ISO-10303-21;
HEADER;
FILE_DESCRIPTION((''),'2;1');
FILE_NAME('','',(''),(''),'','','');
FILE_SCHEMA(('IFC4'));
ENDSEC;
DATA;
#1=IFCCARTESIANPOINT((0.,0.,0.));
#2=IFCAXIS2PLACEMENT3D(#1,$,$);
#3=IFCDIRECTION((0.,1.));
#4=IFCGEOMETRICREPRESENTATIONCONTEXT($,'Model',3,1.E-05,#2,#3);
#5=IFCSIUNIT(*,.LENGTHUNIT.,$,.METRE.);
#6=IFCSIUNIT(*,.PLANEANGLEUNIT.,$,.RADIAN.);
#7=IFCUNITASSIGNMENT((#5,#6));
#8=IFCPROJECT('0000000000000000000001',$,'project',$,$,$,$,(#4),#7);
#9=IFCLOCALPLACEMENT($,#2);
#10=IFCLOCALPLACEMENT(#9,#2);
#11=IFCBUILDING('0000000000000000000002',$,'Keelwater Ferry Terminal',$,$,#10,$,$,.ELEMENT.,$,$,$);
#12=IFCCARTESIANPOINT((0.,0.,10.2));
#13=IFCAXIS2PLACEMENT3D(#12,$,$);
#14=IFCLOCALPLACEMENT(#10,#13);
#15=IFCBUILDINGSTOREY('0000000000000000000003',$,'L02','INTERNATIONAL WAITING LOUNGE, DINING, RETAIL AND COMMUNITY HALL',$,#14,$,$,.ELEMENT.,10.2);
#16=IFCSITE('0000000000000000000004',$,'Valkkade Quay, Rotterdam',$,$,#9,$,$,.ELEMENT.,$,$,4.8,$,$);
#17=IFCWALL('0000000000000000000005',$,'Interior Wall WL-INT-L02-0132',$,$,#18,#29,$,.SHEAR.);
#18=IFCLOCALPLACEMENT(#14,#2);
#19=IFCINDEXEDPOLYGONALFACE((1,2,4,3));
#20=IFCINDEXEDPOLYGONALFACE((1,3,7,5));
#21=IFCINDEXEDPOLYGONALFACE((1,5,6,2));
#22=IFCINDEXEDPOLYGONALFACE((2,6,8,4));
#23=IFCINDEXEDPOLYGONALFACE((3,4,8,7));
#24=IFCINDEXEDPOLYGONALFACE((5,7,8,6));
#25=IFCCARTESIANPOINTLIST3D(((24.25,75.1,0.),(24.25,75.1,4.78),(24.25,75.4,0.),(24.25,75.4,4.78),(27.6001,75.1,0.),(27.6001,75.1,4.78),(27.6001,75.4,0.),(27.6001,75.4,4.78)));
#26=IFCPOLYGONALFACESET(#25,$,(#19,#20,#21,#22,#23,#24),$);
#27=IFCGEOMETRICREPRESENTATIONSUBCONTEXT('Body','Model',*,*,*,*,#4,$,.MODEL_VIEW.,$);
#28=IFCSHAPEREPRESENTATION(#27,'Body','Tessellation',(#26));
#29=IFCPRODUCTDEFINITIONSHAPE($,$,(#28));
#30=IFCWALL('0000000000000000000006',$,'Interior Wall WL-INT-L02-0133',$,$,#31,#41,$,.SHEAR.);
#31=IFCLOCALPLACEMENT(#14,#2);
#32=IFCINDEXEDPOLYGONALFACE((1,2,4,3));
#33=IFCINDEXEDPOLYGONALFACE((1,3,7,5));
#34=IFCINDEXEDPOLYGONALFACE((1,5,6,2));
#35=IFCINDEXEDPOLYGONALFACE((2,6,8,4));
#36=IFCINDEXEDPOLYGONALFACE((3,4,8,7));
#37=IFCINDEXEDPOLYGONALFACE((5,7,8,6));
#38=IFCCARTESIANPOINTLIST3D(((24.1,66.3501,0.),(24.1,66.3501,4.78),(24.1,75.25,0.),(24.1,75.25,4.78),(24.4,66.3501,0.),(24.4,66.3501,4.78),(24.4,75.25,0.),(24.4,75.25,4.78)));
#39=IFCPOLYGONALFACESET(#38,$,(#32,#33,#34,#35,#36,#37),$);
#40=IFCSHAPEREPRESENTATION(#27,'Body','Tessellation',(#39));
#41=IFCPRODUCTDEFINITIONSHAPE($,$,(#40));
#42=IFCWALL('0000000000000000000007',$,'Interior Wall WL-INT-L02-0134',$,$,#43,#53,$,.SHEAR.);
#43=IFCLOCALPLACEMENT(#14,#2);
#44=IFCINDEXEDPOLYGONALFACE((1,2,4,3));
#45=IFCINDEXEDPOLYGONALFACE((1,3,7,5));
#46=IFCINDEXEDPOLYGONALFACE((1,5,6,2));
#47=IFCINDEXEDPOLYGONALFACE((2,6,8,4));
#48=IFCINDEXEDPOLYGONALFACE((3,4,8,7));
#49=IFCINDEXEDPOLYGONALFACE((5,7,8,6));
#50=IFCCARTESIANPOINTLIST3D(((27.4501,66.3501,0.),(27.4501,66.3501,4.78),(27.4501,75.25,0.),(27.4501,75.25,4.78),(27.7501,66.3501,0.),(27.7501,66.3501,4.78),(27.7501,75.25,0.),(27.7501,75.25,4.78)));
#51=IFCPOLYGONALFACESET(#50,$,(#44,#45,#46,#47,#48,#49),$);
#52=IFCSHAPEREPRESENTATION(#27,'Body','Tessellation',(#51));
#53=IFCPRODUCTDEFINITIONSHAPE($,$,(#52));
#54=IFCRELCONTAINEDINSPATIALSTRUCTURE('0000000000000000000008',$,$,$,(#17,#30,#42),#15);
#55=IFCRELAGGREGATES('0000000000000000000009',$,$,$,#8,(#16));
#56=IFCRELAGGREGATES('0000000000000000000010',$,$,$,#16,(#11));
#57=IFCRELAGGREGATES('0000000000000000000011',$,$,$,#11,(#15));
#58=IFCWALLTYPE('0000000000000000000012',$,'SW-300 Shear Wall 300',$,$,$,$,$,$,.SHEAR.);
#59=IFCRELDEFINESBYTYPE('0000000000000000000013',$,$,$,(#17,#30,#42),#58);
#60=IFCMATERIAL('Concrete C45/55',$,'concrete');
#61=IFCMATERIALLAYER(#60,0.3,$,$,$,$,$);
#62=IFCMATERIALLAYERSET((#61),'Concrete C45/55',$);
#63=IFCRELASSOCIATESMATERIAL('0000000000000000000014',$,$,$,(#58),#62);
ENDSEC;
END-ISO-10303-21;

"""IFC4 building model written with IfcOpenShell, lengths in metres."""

from ifc_helpers import new_model, si_unit, direction, frame, frame_2d, origin, place, context, subcontext, project, spatial, rectangle, extrude, material, layer, layer_set, type_object, element, save


model = new_model("IFC4")

# Units and contexts
model_context = context("Model", 3, precision=1e-05, world=origin(), true_north=direction((0.0, 1.0)))
body_context = subcontext(model_context, "Body", "Model", "MODEL_VIEW")
ifc_project = project(units=[si_unit("LENGTHUNIT", "METRE"), si_unit("PLANEANGLEUNIT", "RADIAN")], contexts=[model_context])

# Site, building, storey
site_placement = place(None, origin())
site = spatial("IfcSite", under=ifc_project, at=site_placement, Name="Valkkade Quay, Rotterdam", CompositionType="ELEMENT", RefElevation=4.8)
building_placement = place(site_placement, origin())
building = spatial("IfcBuilding", under=site, at=building_placement, Name="Keelwater Ferry Terminal", CompositionType="ELEMENT")
storey_placement = place(building_placement, frame((0.0, 0.0, 10.2)))
storey = spatial("IfcBuildingStorey", under=building, at=storey_placement, Name="L02", Description="INTERNATIONAL WAITING LOUNGE, DINING, RETAIL AND COMMUNITY HALL", CompositionType="ELEMENT", Elevation=10.2)

# Shared definitions
ifc_material_1 = material(Name="Concrete C45/55", Category="concrete")
ifc_layer_1 = layer(ifc_material_1, 0.3)
ifc_layer_set_1 = layer_set([ifc_layer_1], Name="Concrete C45/55")
wall_type_1 = type_object("IfcWallType", Name="SW-300 Shear Wall 300", PredefinedType="SHEAR", material=ifc_layer_set_1)

# Walls
wall_1_placement = place(storey_placement, frame((24.25, 75.25, 0.0), z_axis=(0.0, 0.0, 1.0), x_axis=(1.0, 0.0, 0.0)))
element("IfcWall", 1, at=wall_1_placement, inside=storey, type_object=wall_type_1, Name="Interior Wall WL-INT-L02-0132", PredefinedType="SHEAR", context=body_context, shape_type="SweptSolid", body=[
    extrude(rectangle(XDim=3.3501, YDim=0.3, at=frame_2d((1.675, 0.0))), origin(), (0.0, 0.0, 1.0), 4.78),
])
for number, where, z_axis, x_axis, name in (
    (2, (24.25, 66.3501, 0.0), (0.0, 0.0, 1.0), (0.0, 1.0, 0.0), "Interior Wall WL-INT-L02-0133"),
    (3, (27.6001, 66.3501, 0.0), (0.0, 0.0, 1.0), (0.0, 1.0, 0.0), "Interior Wall WL-INT-L02-0134"),
):
    element("IfcWall", number, at=place(storey_placement, frame(where, z_axis=z_axis, x_axis=x_axis)), inside=storey, type_object=wall_type_1, Name=name, PredefinedType="SHEAR", context=body_context, shape_type="SweptSolid", body=[
        extrude(rectangle(XDim=8.8999, YDim=0.3, at=frame_2d((4.45, 0.0))), origin(), (0.0, 0.0, 1.0), 4.78),
    ])

save(model, "model.ifc")
